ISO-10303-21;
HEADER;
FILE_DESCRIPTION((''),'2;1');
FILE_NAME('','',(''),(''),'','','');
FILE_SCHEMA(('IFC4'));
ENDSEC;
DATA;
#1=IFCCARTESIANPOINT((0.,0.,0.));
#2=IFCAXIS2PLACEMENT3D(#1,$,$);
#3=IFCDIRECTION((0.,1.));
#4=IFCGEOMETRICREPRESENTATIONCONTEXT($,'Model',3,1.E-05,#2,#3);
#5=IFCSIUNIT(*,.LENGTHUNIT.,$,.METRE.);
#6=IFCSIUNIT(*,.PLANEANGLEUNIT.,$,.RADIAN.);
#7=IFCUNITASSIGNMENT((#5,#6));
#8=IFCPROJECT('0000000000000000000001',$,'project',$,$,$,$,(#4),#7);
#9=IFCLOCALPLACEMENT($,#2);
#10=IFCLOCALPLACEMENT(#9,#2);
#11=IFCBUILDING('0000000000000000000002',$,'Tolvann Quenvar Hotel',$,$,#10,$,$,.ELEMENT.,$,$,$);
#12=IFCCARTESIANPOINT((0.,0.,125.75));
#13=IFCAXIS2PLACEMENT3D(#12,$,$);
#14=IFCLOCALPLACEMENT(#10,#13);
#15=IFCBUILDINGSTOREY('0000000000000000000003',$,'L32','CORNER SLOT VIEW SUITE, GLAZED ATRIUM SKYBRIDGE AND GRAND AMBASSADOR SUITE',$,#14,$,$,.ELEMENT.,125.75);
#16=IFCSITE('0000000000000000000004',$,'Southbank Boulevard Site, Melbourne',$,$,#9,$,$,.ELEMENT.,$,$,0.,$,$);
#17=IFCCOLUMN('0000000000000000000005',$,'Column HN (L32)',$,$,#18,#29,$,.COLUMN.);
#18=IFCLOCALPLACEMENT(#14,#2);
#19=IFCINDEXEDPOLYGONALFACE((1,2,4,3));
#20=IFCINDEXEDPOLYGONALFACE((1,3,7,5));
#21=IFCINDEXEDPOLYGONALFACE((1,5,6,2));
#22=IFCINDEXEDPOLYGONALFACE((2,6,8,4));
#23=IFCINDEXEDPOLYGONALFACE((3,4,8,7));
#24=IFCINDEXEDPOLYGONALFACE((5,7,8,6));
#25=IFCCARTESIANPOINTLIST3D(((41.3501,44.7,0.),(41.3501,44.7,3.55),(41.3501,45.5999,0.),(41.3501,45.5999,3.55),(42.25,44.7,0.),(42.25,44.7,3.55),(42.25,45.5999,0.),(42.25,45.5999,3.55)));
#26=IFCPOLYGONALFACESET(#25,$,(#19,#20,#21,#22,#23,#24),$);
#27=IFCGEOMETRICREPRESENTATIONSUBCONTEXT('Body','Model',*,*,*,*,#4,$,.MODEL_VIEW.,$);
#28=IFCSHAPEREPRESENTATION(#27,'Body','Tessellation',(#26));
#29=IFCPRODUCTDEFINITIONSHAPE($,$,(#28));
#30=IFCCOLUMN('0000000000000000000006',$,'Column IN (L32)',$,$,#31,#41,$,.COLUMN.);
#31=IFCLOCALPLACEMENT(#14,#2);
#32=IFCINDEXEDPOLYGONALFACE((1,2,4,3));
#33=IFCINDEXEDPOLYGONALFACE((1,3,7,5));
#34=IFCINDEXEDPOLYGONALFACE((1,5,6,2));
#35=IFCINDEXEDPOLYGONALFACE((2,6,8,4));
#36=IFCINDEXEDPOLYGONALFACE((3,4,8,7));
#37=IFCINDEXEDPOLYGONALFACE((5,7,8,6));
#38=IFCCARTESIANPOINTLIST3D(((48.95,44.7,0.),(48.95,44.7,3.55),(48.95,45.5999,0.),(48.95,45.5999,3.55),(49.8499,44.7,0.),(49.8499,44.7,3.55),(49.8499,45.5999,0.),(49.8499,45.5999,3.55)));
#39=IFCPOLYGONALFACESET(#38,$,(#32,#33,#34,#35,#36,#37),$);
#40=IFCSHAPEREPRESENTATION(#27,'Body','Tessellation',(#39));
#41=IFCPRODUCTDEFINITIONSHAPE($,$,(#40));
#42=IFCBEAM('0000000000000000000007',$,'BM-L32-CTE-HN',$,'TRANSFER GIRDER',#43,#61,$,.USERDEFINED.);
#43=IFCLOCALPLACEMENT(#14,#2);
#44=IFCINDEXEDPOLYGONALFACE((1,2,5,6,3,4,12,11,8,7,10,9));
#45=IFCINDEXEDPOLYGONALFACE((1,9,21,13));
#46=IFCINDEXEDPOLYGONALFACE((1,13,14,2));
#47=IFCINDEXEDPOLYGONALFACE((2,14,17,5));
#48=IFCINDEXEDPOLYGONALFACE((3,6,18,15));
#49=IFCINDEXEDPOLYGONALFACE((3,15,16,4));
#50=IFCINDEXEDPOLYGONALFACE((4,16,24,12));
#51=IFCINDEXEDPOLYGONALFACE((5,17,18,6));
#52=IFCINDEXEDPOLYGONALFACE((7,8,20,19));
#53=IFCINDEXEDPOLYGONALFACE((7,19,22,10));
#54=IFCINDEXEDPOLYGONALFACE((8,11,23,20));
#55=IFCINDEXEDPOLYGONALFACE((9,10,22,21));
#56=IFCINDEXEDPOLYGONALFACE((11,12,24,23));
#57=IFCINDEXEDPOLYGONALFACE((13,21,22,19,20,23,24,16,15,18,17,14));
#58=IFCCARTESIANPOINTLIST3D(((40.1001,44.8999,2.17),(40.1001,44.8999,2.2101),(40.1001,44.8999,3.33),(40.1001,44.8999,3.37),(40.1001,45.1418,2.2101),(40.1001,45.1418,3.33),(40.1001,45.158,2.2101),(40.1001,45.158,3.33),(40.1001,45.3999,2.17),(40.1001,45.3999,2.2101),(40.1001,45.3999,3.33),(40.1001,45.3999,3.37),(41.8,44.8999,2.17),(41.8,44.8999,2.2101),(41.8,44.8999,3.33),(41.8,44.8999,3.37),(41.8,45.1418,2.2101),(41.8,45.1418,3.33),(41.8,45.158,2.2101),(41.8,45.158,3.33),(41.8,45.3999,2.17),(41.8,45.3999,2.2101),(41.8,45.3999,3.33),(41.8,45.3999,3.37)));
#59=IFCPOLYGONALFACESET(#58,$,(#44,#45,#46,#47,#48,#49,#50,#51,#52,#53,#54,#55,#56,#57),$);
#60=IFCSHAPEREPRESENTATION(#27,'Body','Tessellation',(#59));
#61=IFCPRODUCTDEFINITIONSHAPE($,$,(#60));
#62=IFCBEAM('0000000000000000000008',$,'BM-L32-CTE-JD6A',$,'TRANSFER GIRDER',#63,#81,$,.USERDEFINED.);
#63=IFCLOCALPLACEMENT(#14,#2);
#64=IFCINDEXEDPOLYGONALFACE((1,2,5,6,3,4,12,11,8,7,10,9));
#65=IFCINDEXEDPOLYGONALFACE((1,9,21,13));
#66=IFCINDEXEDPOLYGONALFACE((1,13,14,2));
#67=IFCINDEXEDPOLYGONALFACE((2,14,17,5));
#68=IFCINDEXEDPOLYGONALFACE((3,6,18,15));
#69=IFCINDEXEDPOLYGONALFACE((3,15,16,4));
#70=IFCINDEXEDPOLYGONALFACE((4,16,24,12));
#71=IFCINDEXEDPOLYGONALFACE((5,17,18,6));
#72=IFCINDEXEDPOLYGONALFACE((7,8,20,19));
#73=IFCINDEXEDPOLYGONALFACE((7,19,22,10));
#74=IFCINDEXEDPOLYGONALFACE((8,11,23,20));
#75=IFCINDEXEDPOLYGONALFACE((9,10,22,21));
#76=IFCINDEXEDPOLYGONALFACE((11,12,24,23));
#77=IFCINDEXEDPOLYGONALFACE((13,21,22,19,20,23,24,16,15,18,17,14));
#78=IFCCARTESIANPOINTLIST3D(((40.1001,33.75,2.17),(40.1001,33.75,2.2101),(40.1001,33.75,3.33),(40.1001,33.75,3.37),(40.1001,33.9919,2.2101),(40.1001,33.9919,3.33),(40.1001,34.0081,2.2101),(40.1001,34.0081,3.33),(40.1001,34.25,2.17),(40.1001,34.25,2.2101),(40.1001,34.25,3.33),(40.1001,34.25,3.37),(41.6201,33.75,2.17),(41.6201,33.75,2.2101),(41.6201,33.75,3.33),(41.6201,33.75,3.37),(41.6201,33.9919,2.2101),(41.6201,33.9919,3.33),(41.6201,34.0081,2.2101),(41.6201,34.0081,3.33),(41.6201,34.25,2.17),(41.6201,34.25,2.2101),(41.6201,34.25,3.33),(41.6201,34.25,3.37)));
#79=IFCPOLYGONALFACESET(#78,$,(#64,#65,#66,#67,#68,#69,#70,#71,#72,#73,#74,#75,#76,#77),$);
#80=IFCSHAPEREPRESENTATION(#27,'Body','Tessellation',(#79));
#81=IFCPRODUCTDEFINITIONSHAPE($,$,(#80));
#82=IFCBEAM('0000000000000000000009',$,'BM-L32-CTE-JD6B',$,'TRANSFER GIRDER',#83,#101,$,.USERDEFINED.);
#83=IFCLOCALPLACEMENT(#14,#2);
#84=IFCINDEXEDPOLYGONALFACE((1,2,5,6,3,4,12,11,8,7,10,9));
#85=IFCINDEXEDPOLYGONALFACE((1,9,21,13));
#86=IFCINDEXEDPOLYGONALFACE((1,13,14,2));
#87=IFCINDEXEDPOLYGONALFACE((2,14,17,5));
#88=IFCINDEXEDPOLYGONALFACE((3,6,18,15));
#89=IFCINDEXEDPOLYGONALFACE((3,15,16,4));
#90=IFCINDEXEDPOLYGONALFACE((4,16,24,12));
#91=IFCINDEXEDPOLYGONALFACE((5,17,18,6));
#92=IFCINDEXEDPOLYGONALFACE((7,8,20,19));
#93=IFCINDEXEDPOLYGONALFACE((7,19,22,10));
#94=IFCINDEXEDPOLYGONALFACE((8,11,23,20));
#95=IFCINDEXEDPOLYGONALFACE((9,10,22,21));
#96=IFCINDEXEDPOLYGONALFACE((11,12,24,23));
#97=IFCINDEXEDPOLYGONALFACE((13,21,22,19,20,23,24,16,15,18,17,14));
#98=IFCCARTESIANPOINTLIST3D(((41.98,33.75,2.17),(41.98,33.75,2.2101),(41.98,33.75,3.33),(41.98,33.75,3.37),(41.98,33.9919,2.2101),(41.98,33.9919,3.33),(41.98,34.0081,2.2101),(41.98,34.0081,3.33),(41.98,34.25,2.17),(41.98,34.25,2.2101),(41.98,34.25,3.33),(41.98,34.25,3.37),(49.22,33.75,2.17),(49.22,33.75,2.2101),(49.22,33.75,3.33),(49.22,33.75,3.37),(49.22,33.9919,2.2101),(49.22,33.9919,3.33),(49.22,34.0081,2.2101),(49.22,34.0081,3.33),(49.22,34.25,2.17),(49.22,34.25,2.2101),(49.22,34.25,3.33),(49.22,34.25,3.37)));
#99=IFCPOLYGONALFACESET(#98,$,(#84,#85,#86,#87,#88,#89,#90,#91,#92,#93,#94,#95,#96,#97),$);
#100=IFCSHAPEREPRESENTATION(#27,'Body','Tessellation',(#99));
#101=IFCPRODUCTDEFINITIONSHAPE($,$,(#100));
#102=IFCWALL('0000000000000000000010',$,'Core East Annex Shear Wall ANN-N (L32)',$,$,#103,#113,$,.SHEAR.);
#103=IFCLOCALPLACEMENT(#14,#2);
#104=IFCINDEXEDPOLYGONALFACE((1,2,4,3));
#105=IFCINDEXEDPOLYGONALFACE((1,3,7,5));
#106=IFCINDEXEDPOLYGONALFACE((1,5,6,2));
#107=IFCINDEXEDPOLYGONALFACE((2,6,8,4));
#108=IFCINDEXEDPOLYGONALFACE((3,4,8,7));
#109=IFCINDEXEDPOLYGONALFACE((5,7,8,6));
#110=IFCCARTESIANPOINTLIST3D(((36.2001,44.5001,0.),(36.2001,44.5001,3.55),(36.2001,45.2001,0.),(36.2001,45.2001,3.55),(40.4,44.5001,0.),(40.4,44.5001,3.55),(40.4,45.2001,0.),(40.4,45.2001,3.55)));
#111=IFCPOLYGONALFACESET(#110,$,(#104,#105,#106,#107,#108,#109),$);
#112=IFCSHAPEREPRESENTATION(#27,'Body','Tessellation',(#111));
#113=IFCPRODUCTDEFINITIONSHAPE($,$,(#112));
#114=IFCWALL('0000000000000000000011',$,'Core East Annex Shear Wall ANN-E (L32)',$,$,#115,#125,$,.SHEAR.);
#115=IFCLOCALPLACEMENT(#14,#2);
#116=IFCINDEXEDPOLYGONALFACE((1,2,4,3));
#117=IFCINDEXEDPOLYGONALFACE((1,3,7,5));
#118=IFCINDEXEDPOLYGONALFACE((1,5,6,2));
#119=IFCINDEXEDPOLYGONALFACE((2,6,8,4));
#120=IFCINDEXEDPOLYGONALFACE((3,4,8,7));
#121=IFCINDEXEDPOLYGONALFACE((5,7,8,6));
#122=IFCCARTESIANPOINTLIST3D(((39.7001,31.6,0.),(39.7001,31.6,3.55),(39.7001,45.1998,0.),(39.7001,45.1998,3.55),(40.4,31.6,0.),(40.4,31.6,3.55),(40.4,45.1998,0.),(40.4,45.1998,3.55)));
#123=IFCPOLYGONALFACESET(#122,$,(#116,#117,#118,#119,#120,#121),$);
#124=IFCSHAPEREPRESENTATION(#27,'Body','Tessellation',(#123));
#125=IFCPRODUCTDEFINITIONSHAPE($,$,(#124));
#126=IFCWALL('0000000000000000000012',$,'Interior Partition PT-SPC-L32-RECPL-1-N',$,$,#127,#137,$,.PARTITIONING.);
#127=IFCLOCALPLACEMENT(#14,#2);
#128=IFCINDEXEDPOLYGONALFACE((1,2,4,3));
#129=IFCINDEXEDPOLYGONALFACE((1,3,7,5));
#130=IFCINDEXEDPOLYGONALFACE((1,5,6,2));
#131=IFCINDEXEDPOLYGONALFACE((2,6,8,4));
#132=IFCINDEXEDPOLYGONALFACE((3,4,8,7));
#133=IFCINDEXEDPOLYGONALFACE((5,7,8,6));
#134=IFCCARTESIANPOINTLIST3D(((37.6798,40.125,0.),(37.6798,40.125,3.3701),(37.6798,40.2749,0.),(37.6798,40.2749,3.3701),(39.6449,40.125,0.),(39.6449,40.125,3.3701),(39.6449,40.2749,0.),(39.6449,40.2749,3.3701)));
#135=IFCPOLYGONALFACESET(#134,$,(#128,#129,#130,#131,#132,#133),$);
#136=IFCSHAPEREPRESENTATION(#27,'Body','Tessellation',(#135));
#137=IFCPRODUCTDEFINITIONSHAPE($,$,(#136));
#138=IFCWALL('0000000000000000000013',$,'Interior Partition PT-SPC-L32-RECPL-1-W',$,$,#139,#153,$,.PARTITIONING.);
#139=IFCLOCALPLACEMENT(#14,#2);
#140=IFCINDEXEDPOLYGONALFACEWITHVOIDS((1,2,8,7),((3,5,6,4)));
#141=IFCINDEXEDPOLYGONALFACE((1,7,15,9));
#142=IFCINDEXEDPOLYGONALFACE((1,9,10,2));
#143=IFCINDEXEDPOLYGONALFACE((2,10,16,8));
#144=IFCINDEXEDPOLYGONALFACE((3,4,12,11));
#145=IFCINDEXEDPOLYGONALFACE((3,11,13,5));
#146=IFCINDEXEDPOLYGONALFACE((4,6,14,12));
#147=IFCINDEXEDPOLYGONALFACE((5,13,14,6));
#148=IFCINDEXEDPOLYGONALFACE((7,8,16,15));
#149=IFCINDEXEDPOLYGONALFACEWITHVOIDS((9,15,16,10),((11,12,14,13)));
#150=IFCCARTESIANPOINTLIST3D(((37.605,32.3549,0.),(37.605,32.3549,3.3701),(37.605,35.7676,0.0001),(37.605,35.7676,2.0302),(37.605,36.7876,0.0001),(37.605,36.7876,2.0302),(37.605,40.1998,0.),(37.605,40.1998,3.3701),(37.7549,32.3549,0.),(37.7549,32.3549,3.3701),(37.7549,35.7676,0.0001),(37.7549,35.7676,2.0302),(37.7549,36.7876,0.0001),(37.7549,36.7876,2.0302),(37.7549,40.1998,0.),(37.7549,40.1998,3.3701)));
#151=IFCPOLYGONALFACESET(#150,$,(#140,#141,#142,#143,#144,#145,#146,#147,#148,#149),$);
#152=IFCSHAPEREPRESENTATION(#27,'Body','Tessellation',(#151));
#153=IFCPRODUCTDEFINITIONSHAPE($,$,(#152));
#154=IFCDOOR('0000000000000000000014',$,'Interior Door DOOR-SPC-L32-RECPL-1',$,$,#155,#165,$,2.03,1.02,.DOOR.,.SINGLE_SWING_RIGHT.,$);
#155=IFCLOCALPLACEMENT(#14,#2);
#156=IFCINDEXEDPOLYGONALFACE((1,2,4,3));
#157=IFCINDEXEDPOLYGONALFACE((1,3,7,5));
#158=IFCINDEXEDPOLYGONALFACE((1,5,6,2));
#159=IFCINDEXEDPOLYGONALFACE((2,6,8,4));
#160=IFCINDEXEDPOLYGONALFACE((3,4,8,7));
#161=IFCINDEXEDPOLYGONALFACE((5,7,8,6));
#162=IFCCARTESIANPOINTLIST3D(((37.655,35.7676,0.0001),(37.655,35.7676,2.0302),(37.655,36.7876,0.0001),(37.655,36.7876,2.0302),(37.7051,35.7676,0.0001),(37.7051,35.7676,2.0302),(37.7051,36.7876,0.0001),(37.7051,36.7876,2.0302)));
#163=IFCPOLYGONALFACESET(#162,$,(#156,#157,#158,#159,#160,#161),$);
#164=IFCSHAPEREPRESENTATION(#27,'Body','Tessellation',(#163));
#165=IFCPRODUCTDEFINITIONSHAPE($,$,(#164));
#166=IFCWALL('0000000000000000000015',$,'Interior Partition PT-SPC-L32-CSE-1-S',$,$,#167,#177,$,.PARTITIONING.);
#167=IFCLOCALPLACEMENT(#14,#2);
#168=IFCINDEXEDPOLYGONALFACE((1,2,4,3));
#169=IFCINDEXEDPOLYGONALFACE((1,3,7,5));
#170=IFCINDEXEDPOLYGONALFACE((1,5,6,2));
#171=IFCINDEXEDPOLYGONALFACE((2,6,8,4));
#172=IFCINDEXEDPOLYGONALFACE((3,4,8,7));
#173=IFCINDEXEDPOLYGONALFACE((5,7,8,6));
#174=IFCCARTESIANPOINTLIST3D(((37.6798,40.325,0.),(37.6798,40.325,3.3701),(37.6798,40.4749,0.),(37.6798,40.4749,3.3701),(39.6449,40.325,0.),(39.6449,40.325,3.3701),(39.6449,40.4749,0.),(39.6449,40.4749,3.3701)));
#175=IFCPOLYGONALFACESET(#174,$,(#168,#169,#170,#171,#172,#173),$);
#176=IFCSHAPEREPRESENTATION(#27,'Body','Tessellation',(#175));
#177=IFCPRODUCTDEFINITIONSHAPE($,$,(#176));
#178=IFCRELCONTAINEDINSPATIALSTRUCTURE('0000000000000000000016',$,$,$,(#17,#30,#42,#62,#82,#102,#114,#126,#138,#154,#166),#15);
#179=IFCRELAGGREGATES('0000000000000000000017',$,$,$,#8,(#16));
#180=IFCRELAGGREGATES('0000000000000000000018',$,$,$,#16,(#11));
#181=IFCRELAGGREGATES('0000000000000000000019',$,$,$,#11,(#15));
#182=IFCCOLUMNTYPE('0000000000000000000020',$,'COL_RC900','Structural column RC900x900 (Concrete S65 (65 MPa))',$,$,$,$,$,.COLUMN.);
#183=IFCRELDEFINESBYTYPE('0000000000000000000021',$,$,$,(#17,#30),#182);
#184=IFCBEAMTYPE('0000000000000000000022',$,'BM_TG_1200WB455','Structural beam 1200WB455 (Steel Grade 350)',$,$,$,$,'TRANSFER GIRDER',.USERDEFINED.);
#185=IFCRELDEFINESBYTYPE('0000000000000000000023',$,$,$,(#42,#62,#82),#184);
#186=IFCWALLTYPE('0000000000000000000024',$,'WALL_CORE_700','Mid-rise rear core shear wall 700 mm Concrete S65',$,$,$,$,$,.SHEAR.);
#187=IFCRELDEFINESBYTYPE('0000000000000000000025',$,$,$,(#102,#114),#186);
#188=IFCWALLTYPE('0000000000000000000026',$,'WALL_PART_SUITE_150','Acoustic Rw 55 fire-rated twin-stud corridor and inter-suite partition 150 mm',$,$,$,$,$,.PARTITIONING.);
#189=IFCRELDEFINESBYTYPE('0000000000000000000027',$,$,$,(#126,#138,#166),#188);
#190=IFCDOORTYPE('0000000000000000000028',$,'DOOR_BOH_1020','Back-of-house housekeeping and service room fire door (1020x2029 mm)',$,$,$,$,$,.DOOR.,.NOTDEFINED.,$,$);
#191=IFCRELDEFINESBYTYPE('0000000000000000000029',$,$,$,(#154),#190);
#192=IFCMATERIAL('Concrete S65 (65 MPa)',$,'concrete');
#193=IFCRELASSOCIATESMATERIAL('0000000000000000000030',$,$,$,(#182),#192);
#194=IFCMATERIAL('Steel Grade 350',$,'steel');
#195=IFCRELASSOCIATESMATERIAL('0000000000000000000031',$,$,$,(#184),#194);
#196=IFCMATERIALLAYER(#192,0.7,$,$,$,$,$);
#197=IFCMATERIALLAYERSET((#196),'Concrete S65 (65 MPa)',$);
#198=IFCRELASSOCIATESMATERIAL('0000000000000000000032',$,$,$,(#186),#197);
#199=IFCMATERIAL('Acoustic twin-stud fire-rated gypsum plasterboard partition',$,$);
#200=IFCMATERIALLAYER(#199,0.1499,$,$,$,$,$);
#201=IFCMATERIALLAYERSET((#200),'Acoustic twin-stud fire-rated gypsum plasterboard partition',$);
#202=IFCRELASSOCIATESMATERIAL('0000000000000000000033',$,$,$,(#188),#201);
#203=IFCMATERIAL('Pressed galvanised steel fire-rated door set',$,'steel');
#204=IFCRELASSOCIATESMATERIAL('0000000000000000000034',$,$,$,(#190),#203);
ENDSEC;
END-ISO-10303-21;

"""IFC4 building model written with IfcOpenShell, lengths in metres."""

from ifc_helpers import new_model, si_unit, direction, frame, frame_2d, origin, origin_2d, place, context, subcontext, project, spatial, rectangle, i_section, extrude, source, transform, mapped, material, layer, layer_set, material_profile, profile_set, type_object, type_shapes, element, fill, save


model = new_model("IFC4")

# Units and contexts
model_context = context("Model", 3, precision=1e-05, world=origin(), true_north=direction((0.0, 1.0)))
body_context = subcontext(model_context, "Body", "Model", "MODEL_VIEW")
ifc_project = project(units=[si_unit("LENGTHUNIT", "METRE"), si_unit("PLANEANGLEUNIT", "RADIAN")], contexts=[model_context])

# Site, building, storey
site_placement = place(None, origin())
site = spatial("IfcSite", under=ifc_project, at=site_placement, Name="Southbank Boulevard Site, Melbourne", CompositionType="ELEMENT", RefElevation=0.0)
building_placement = place(site_placement, origin())
building = spatial("IfcBuilding", under=site, at=building_placement, Name="Tolvann Quenvar Hotel", CompositionType="ELEMENT")
storey_placement = place(building_placement, frame((0.0, 0.0, 125.75)))
storey = spatial("IfcBuildingStorey", under=building, at=storey_placement, Name="L32", Description="CORNER SLOT VIEW SUITE, GLAZED ATRIUM SKYBRIDGE AND GRAND AMBASSADOR SUITE", CompositionType="ELEMENT", Elevation=125.75)

# Columns
ifc_material_1 = material(Name="Concrete S65 (65 MPa)", Category="concrete")
ifc_material_profile_1 = material_profile(ifc_material_1, rectangle(XDim=0.8999, YDim=0.8999, at=origin_2d()), Name="RC900x900")
ifc_profile_set_1 = profile_set([ifc_material_profile_1], Name="Concrete S65 (65 MPa)")
column_type = type_object("IfcColumnType", Name="COL_RC900", Description="Structural column RC900x900 (Concrete S65 (65 MPa))", PredefinedType="COLUMN", material=ifc_profile_set_1)
shared_shape_1 = source(origin(), body_context, "Body", "SweptSolid", [
    extrude(rectangle(XDim=0.8999, YDim=0.8999, at=origin_2d()), origin(), (0.0, 0.0, 1.0), 3.55),
])
type_shapes(column_type, [shared_shape_1])
for number, where, z_axis, x_axis, name in (
    (1, (41.8, 45.1499, 0.0), (0.0, 0.0, 1.0), (1.0, 0.0, 0.0), "Column HN (L32)"),
    (2, (49.3999, 45.1499, 0.0), (0.0, 0.0, 1.0), (1.0, 0.0, 0.0), "Column IN (L32)"),
):
    element("IfcColumn", number, at=place(storey_placement, frame(where, z_axis=z_axis, x_axis=x_axis)), inside=storey, type_object=column_type, Name=name, PredefinedType="COLUMN", context=body_context, shape_type="MappedRepresentation", body=[
        mapped(shared_shape_1, transform((0.0, 0.0, 0.0), x_axis=(1.0, 0.0, 0.0), y_axis=(0.0, 1.0, 0.0), z_axis=(0.0, 0.0, 1.0), scale=1.0)),
    ])

# Beams
ifc_material_2 = material(Name="Steel Grade 350", Category="steel")
ifc_material_profile_2 = material_profile(ifc_material_2, i_section(OverallWidth=0.5, OverallDepth=1.2, WebThickness=0.0161, FlangeThickness=0.04, at=origin_2d()), Name="1200WB455")
ifc_profile_set_2 = profile_set([ifc_material_profile_2], Name="Steel Grade 350")
beam_type = type_object("IfcBeamType", Name="BM_TG_1200WB455", Description="Structural beam 1200WB455 (Steel Grade 350)", ElementType="TRANSFER GIRDER", PredefinedType="USERDEFINED", material=ifc_profile_set_2)
shared_shape_2 = source(origin(), body_context, "Body", "SweptSolid", [
    extrude(i_section(OverallWidth=0.5, OverallDepth=1.2, WebThickness=0.0161, FlangeThickness=0.04, at=origin_2d()), origin(), (0.0, 0.0, 1.0), 1.7),
])
beam_1_placement = place(storey_placement, frame((40.1001, 45.1499, 2.77), z_axis=(1.0, 0.0, 0.0), x_axis=(0.0, 1.0, 0.0)))
element("IfcBeam", 3, at=beam_1_placement, inside=storey, type_object=beam_type, Name="BM-L32-CTE-HN", ObjectType="TRANSFER GIRDER", PredefinedType="USERDEFINED", context=body_context, shape_type="MappedRepresentation", body=[
    mapped(shared_shape_2, transform((0.0, 0.0, 0.0), x_axis=(1.0, 0.0, 0.0), y_axis=(0.0, 1.0, 0.0), z_axis=(0.0, 0.0, 1.0), scale=1.0)),
])
shared_shape_3 = source(origin(), body_context, "Body", "SweptSolid", [
    extrude(i_section(OverallWidth=0.5, OverallDepth=1.2, WebThickness=0.0161, FlangeThickness=0.04, at=origin_2d()), origin(), (0.0, 0.0, 1.0), 1.52),
])
beam_2_placement = place(storey_placement, frame((40.1001, 34.0, 2.77), z_axis=(1.0, 0.0, 0.0), x_axis=(0.0, 1.0, 0.0)))
element("IfcBeam", 4, at=beam_2_placement, inside=storey, type_object=beam_type, Name="BM-L32-CTE-JD6A", ObjectType="TRANSFER GIRDER", PredefinedType="USERDEFINED", context=body_context, shape_type="MappedRepresentation", body=[
    mapped(shared_shape_3, transform((0.0, 0.0, 0.0), x_axis=(1.0, 0.0, 0.0), y_axis=(0.0, 1.0, 0.0), z_axis=(0.0, 0.0, 1.0), scale=1.0)),
])
shared_shape_4 = source(origin(), body_context, "Body", "SweptSolid", [
    extrude(i_section(OverallWidth=0.5, OverallDepth=1.2, WebThickness=0.0161, FlangeThickness=0.04, at=origin_2d()), origin(), (0.0, 0.0, 1.0), 7.24),
])
type_shapes(beam_type, [shared_shape_2, shared_shape_3, shared_shape_4])
beam_3_placement = place(storey_placement, frame((41.98, 34.0, 2.77), z_axis=(1.0, 0.0, 0.0), x_axis=(0.0, 1.0, 0.0)))
element("IfcBeam", 5, at=beam_3_placement, inside=storey, type_object=beam_type, Name="BM-L32-CTE-JD6B", ObjectType="TRANSFER GIRDER", PredefinedType="USERDEFINED", context=body_context, shape_type="MappedRepresentation", body=[
    mapped(shared_shape_4, transform((0.0, 0.0, 0.0), x_axis=(1.0, 0.0, 0.0), y_axis=(0.0, 1.0, 0.0), z_axis=(0.0, 0.0, 1.0), scale=1.0)),
])

# Walls
ifc_layer_1 = layer(ifc_material_1, 0.7)
ifc_layer_set_1 = layer_set([ifc_layer_1], Name="Concrete S65 (65 MPa)")
wall_type_1 = type_object("IfcWallType", Name="WALL_CORE_700", Description="Mid-rise rear core shear wall 700 mm Concrete S65", PredefinedType="SHEAR", material=ifc_layer_set_1)
wall_1_placement = place(storey_placement, frame((36.2, 44.8501, 0.0), z_axis=(0.0, 0.0, 1.0), x_axis=(1.0, 0.0, 0.0)))
element("IfcWall", 6, at=wall_1_placement, inside=storey, type_object=wall_type_1, Name="Core East Annex Shear Wall ANN-N (L32)", PredefinedType="SHEAR", context=body_context, shape_type="SweptSolid", body=[
    extrude(rectangle(XDim=4.2, YDim=0.7, at=frame_2d((2.1001, 0.0))), origin(), (0.0, 0.0, 1.0), 3.55),
])
wall_2_placement = place(storey_placement, frame((40.05, 31.6001, 0.0), z_axis=(0.0, 0.0, 1.0), x_axis=(0.0, 1.0, 0.0)))
element("IfcWall", 7, at=wall_2_placement, inside=storey, type_object=wall_type_1, Name="Core East Annex Shear Wall ANN-E (L32)", PredefinedType="SHEAR", context=body_context, shape_type="SweptSolid", body=[
    extrude(rectangle(XDim=13.5999, YDim=0.7, at=frame_2d((6.7998, 0.0))), origin(), (0.0, 0.0, 1.0), 3.55),
])
ifc_material_3 = material(Name="Acoustic twin-stud fire-rated gypsum plasterboard partition")
ifc_layer_2 = layer(ifc_material_3, 0.1499)
ifc_layer_set_2 = layer_set([ifc_layer_2], Name="Acoustic twin-stud fire-rated gypsum plasterboard partition")
wall_type_2 = type_object("IfcWallType", Name="WALL_PART_SUITE_150", Description="Acoustic Rw 55 fire-rated twin-stud corridor and inter-suite partition 150 mm", PredefinedType="PARTITIONING", material=ifc_layer_set_2)
wall_3_placement = place(storey_placement, frame((37.6799, 40.2, 0.0), z_axis=(0.0, 0.0, 1.0), x_axis=(1.0, 0.0, 0.0)))
element("IfcWall", 8, at=wall_3_placement, inside=storey, type_object=wall_type_2, Name="Interior Partition PT-SPC-L32-RECPL-1-N", PredefinedType="PARTITIONING", context=body_context, shape_type="SweptSolid", body=[
    extrude(rectangle(XDim=1.9651, YDim=0.1499, at=frame_2d((0.9824, 0.0))), origin(), (0.0, 0.0, 1.0), 3.3701),
])

# Wall, opening, door
wall_4_placement = place(storey_placement, frame((37.6799, 32.355, 0.0), z_axis=(0.0, 0.0, 1.0), x_axis=(0.0, 1.0, 0.0)))
wall_4 = element("IfcWall", 9, at=wall_4_placement, inside=storey, type_object=wall_type_2, Name="Interior Partition PT-SPC-L32-RECPL-1-W", PredefinedType="PARTITIONING", context=body_context, shape_type="SweptSolid", body=[
    extrude(rectangle(XDim=7.845, YDim=0.1499, at=frame_2d((3.9224, 0.0))), origin(), (0.0, 0.0, 1.0), 3.3701),
])
opening_1_placement = place(wall_4_placement, frame((3.4126, 0.0, 0.0)))
opening_1 = element("IfcOpeningElement", 10, at=opening_1_placement, cuts=wall_4, PredefinedType="OPENING", context=body_context, shape_type="SweptSolid", body=[
    extrude(rectangle(XDim=1.02, YDim=2.03, at=frame_2d((0.51, 1.0151))), frame((0.0, 0.085, 0.0), z_axis=(0.0, -1.0, 0.0), x_axis=(1.0, 0.0, 0.0)), (0.0, 0.0, 1.0), 0.1699),
])
ifc_material_4 = material(Name="Pressed galvanised steel fire-rated door set", Category="steel")
door_type_1 = type_object("IfcDoorType", Name="DOOR_BOH_1020", Description="Back-of-house housekeeping and service room fire door (1020x2029 mm)", OperationType="NOTDEFINED", PredefinedType="DOOR", material=ifc_material_4)
shared_shape_5 = source(origin(), body_context, "Body", "SweptSolid", [
    extrude(rectangle(XDim=1.02, YDim=2.03, at=frame_2d((0.51, 1.0151))), frame((0.0, 0.0249, 0.0), z_axis=(0.0, -1.0, 0.0), x_axis=(1.0, 0.0, 0.0)), (0.0, 0.0, 1.0), 0.05),
])
type_shapes(door_type_1, [shared_shape_5])
door_1_placement = place(opening_1_placement, origin())
door_1 = element("IfcDoor", 11, at=door_1_placement, inside=storey, type_object=door_type_1, Name="Interior Door DOOR-SPC-L32-RECPL-1", OperationType="SINGLE_SWING_RIGHT", OverallHeight=2.03, OverallWidth=1.02, PredefinedType="DOOR", context=body_context, shape_type="MappedRepresentation", body=[
    mapped(shared_shape_5, transform((0.0, 0.0, 0.0), x_axis=(1.0, 0.0, 0.0), y_axis=(0.0, 1.0, 0.0), z_axis=(0.0, 0.0, 1.0), scale=1.0)),
])
fill(opening_1, door_1)

# Wall
for number, where, z_axis, x_axis, name in (
    (12, (37.6799, 40.3999, 0.0), (0.0, 0.0, 1.0), (1.0, 0.0, 0.0), "Interior Partition PT-SPC-L32-CSE-1-S"),
):
    element("IfcWall", number, at=place(storey_placement, frame(where, z_axis=z_axis, x_axis=x_axis)), inside=storey, type_object=wall_type_2, Name=name, PredefinedType="PARTITIONING", context=body_context, shape_type="SweptSolid", body=[
        extrude(rectangle(XDim=1.9651, YDim=0.1499, at=frame_2d((0.9824, 0.0))), origin(), (0.0, 0.0, 1.0), 3.3701),
    ])

save(model, "model.ifc")
